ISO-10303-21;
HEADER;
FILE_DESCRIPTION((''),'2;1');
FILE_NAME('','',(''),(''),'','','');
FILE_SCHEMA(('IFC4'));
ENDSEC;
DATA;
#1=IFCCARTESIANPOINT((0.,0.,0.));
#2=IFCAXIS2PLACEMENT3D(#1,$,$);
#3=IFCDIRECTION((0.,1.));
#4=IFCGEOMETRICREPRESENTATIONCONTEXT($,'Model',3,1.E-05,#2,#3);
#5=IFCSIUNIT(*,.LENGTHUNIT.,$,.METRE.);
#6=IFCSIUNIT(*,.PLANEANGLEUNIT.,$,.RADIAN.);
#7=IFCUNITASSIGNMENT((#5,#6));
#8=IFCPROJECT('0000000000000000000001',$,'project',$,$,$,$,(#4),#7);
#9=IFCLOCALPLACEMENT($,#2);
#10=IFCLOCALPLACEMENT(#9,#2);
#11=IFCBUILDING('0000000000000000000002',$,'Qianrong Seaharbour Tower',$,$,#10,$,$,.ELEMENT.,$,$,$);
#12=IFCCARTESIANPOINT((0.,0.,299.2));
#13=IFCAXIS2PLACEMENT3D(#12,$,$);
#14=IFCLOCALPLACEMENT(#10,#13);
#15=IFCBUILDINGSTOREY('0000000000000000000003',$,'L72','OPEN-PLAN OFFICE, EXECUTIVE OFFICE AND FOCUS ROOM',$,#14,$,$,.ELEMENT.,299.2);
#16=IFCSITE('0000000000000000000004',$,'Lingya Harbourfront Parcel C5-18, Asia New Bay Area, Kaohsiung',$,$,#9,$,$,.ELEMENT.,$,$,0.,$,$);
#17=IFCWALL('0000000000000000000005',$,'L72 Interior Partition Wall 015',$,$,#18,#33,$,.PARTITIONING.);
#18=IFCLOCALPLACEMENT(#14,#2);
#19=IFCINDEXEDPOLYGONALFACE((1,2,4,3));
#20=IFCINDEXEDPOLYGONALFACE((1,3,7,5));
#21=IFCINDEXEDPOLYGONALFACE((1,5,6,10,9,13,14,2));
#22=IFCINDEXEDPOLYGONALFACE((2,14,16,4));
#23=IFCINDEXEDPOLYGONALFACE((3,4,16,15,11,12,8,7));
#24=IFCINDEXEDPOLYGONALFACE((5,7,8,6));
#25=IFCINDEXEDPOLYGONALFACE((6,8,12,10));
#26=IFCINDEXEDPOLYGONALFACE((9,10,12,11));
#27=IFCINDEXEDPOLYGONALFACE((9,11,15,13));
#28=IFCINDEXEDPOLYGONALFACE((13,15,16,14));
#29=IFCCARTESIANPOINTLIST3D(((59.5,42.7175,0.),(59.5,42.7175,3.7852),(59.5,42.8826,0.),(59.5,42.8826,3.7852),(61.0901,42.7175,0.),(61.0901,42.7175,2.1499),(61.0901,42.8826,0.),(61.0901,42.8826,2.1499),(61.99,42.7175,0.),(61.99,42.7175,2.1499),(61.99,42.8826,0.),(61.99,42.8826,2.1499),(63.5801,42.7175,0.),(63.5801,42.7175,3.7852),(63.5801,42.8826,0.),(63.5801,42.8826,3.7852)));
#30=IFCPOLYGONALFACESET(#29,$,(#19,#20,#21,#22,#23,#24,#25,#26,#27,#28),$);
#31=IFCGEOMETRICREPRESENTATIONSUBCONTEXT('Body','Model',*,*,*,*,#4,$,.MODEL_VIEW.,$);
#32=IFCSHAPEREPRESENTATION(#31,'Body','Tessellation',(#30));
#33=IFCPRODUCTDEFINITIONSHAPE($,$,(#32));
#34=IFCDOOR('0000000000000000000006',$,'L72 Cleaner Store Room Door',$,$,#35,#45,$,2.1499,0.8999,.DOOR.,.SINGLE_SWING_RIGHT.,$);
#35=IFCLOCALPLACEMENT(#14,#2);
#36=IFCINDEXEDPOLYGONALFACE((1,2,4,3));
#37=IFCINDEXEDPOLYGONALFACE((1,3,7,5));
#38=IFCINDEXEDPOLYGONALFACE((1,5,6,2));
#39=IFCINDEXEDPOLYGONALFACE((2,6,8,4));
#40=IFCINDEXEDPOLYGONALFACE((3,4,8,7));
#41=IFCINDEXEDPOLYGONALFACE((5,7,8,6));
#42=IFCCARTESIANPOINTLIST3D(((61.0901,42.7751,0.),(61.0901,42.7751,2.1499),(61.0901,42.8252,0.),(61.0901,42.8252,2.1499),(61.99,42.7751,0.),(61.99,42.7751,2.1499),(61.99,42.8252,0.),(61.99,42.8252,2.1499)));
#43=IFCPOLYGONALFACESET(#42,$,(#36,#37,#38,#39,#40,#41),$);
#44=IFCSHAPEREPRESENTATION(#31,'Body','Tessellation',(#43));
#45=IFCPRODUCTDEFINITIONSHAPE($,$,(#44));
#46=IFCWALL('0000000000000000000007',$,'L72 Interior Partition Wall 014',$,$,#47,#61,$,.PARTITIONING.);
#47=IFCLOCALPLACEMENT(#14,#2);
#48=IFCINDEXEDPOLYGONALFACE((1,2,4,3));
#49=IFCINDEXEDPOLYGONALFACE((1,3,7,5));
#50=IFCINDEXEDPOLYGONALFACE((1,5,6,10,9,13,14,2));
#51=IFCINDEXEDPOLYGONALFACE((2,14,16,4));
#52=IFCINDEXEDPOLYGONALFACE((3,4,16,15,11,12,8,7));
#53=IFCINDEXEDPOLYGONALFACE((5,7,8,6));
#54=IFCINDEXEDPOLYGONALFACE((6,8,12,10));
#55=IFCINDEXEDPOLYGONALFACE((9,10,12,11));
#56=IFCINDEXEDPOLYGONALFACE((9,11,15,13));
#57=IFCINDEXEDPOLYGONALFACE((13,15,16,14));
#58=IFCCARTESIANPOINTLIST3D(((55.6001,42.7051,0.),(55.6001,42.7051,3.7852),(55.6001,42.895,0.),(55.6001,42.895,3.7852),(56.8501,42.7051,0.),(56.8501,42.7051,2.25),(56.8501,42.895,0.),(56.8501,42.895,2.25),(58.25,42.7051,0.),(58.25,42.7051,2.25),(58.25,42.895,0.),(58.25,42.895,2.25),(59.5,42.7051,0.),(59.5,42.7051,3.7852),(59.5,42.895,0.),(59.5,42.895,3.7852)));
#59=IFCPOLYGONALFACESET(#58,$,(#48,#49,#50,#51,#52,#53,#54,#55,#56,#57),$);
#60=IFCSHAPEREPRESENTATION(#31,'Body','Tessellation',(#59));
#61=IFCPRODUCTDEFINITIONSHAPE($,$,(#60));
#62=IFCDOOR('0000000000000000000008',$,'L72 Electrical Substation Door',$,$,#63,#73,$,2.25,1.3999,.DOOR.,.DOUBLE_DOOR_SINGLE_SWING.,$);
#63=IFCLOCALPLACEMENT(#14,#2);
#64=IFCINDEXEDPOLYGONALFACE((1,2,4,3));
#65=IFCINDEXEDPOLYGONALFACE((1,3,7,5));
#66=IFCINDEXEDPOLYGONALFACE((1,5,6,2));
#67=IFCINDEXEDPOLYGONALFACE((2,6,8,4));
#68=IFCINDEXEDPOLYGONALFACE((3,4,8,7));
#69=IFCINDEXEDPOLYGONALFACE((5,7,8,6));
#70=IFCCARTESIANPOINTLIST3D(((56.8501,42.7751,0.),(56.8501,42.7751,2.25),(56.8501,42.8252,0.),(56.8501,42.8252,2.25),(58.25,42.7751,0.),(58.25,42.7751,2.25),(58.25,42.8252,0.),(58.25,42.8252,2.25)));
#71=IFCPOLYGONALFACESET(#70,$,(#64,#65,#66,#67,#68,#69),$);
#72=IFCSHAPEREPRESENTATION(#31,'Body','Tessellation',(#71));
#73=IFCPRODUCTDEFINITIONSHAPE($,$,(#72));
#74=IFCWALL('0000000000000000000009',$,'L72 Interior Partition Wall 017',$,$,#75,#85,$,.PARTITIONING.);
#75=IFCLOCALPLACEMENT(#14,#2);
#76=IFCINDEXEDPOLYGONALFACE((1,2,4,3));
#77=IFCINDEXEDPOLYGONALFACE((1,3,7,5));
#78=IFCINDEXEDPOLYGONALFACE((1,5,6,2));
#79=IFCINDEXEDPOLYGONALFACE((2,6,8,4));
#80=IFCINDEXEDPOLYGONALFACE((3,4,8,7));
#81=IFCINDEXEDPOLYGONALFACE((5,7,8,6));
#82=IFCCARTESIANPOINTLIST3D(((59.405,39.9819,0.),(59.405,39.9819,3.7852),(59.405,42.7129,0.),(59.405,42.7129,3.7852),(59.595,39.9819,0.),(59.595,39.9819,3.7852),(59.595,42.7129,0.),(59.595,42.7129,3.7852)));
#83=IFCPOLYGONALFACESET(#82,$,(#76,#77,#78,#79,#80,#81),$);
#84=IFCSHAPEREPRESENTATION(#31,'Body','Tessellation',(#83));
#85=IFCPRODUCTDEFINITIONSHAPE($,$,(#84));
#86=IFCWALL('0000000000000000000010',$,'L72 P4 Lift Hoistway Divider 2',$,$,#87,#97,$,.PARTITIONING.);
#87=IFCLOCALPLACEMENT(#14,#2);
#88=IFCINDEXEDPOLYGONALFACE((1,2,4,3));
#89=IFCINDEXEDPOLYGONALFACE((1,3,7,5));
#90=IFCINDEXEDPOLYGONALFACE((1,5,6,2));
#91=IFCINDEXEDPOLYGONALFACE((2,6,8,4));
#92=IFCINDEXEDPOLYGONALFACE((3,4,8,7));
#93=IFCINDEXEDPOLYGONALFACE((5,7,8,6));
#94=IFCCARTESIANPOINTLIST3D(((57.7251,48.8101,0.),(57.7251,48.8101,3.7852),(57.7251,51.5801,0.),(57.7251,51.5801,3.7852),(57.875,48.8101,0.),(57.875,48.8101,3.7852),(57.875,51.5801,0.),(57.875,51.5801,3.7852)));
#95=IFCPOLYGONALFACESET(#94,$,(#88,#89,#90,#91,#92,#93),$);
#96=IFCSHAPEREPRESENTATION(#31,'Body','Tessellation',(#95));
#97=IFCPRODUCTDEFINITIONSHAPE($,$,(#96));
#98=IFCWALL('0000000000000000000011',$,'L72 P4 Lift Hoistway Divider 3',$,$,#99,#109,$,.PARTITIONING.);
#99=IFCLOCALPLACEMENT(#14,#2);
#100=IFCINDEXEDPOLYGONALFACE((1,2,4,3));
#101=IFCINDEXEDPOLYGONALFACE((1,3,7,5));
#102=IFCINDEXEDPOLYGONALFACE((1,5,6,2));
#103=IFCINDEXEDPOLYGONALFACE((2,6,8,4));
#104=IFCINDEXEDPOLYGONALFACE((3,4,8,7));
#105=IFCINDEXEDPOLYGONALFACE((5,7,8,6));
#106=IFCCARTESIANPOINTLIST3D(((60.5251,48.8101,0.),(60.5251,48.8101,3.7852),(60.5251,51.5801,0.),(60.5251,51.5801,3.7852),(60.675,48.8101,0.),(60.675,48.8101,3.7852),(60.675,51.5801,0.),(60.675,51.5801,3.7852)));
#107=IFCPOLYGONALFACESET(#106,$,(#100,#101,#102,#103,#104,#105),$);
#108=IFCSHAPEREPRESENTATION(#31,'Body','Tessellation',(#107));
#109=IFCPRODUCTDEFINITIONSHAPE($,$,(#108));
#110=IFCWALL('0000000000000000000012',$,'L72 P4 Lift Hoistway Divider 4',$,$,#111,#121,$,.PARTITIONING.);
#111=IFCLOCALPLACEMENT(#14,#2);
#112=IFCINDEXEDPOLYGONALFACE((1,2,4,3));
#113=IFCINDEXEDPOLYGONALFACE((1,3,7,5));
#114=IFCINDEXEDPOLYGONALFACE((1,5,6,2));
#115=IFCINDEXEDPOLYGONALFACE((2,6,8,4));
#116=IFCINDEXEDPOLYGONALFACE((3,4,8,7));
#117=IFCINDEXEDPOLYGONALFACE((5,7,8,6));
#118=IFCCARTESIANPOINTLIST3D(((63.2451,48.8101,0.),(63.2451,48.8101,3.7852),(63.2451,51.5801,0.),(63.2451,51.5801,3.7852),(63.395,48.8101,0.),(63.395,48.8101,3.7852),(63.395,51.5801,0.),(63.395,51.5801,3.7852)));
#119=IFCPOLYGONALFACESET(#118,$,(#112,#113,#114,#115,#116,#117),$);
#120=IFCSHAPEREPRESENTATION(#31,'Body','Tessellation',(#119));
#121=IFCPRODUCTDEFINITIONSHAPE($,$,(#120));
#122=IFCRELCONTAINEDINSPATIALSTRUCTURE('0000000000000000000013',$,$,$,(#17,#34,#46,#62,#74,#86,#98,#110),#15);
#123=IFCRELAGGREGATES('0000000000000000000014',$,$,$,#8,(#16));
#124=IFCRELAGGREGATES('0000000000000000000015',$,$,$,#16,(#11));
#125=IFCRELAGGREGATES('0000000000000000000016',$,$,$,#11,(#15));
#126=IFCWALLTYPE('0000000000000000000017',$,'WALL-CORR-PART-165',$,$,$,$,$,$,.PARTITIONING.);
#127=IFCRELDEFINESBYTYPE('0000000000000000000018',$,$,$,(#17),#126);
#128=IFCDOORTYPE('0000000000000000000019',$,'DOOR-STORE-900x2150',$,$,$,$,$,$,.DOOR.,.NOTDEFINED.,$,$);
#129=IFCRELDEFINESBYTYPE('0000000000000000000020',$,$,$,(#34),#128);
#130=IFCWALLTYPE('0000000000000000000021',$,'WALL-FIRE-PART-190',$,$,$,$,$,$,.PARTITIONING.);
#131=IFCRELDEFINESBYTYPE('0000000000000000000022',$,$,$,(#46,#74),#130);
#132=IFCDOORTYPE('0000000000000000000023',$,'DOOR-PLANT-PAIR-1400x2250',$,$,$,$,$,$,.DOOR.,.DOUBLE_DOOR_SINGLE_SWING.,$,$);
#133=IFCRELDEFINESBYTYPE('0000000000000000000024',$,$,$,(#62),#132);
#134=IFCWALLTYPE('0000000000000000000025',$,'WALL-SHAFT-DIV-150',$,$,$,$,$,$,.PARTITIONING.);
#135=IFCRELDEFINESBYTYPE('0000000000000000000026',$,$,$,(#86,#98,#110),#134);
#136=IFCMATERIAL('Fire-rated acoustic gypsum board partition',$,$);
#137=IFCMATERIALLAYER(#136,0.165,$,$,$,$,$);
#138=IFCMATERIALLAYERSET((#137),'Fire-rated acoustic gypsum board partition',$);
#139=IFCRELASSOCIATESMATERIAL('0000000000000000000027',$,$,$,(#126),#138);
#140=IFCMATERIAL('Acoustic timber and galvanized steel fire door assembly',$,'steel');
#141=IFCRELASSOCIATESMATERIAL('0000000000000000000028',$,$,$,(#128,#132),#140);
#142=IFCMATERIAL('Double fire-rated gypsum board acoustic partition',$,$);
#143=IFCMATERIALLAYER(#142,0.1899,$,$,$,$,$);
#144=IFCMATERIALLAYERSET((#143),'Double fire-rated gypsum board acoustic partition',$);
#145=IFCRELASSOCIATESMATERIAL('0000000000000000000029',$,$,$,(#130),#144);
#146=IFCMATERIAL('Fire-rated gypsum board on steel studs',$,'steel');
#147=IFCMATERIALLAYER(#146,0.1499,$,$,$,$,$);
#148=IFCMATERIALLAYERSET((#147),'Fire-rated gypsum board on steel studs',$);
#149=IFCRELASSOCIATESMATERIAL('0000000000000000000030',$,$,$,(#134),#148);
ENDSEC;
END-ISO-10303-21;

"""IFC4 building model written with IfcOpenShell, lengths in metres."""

from ifc_helpers import new_model, si_unit, direction, frame, frame_2d, origin, place, context, subcontext, project, spatial, rectangle, extrude, material, layer, layer_set, type_object, element, fill, save


model = new_model("IFC4")

# Units and contexts
model_context = context("Model", 3, precision=1e-05, world=origin(), true_north=direction((0.0, 1.0)))
body_context = subcontext(model_context, "Body", "Model", "MODEL_VIEW")
ifc_project = project(units=[si_unit("LENGTHUNIT", "METRE"), si_unit("PLANEANGLEUNIT", "RADIAN")], contexts=[model_context])

# Site, building, storey
site_placement = place(None, origin())
site = spatial("IfcSite", under=ifc_project, at=site_placement, Name="Lingya Harbourfront Parcel C5-18, Asia New Bay Area, Kaohsiung", CompositionType="ELEMENT", RefElevation=0.0)
building_placement = place(site_placement, origin())
building = spatial("IfcBuilding", under=site, at=building_placement, Name="Qianrong Seaharbour Tower", CompositionType="ELEMENT")
storey_placement = place(building_placement, frame((0.0, 0.0, 299.2)))
storey = spatial("IfcBuildingStorey", under=building, at=storey_placement, Name="L72", Description="OPEN-PLAN OFFICE, EXECUTIVE OFFICE AND FOCUS ROOM", CompositionType="ELEMENT", Elevation=299.2)

# Walls, openings, doors
ifc_material_1 = material(Name="Fire-rated acoustic gypsum board partition")
ifc_layer_1 = layer(ifc_material_1, 0.165)
ifc_layer_set_1 = layer_set([ifc_layer_1], Name="Fire-rated acoustic gypsum board partition")
wall_type_1 = type_object("IfcWallType", Name="WALL-CORR-PART-165", PredefinedType="PARTITIONING", material=ifc_layer_set_1)
wall_1_placement = place(storey_placement, frame((63.5801, 42.8, 0.0), z_axis=(0.0, 0.0, 1.0), x_axis=(-1.0, 0.0, 0.0)))
wall_1 = element("IfcWall", 1, at=wall_1_placement, inside=storey, type_object=wall_type_1, Name="L72 Interior Partition Wall 015", PredefinedType="PARTITIONING", context=body_context, shape_type="SweptSolid", body=[
    extrude(rectangle(XDim=4.0801, YDim=0.165, at=frame_2d((2.04, 0.0))), origin(), (0.0, 0.0, 1.0), 3.7852),
])
opening_1_placement = place(wall_1_placement, frame((1.5901, 0.0, 0.0)))
opening_1 = element("IfcOpeningElement", 2, at=opening_1_placement, cuts=wall_1, PredefinedType="OPENING", context=body_context, shape_type="SweptSolid", body=[
    extrude(rectangle(XDim=0.8999, YDim=2.1499, at=frame_2d((0.45, 1.075))), frame((0.0, 0.0925, 0.0), z_axis=(0.0, -1.0, 0.0), x_axis=(1.0, 0.0, 0.0)), (0.0, 0.0, 1.0), 0.1851),
])
ifc_material_2 = material(Name="Acoustic timber and galvanized steel fire door assembly", Category="steel")
door_type_1 = type_object("IfcDoorType", Name="DOOR-STORE-900x2150", OperationType="NOTDEFINED", PredefinedType="DOOR", material=ifc_material_2)
door_1_placement = place(opening_1_placement, origin())
door_1 = element("IfcDoor", 3, at=door_1_placement, inside=storey, type_object=door_type_1, Name="L72 Cleaner Store Room Door", OperationType="SINGLE_SWING_RIGHT", OverallHeight=2.1499, OverallWidth=0.8999, PredefinedType="DOOR", context=body_context, shape_type="SweptSolid", body=[
    extrude(rectangle(XDim=0.8999, YDim=2.1499, at=frame_2d((0.45, 1.075))), frame((0.0, 0.0249, 0.0), z_axis=(0.0, -1.0, 0.0), x_axis=(1.0, 0.0, 0.0)), (0.0, 0.0, 1.0), 0.05),
])
fill(opening_1, door_1)
ifc_material_3 = material(Name="Double fire-rated gypsum board acoustic partition")
ifc_layer_2 = layer(ifc_material_3, 0.1899)
ifc_layer_set_2 = layer_set([ifc_layer_2], Name="Double fire-rated gypsum board acoustic partition")
wall_type_2 = type_object("IfcWallType", Name="WALL-FIRE-PART-190", PredefinedType="PARTITIONING", material=ifc_layer_set_2)
wall_2_placement = place(storey_placement, frame((59.5, 42.8, 0.0), z_axis=(0.0, 0.0, 1.0), x_axis=(-1.0, 0.0, 0.0)))
wall_2 = element("IfcWall", 4, at=wall_2_placement, inside=storey, type_object=wall_type_2, Name="L72 Interior Partition Wall 014", PredefinedType="PARTITIONING", context=body_context, shape_type="SweptSolid", body=[
    extrude(rectangle(XDim=3.8999, YDim=0.1899, at=frame_2d((1.95, 0.0))), origin(), (0.0, 0.0, 1.0), 3.7852),
])
opening_2_placement = place(wall_2_placement, frame((1.25, 0.0, 0.0)))
opening_2 = element("IfcOpeningElement", 5, at=opening_2_placement, cuts=wall_2, PredefinedType="OPENING", context=body_context, shape_type="SweptSolid", body=[
    extrude(rectangle(XDim=1.3999, YDim=2.25, at=frame_2d((0.7, 1.125))), frame((0.0, 0.105, 0.0), z_axis=(0.0, -1.0, 0.0), x_axis=(1.0, 0.0, 0.0)), (0.0, 0.0, 1.0), 0.21),
])
door_type_2 = type_object("IfcDoorType", Name="DOOR-PLANT-PAIR-1400x2250", OperationType="DOUBLE_DOOR_SINGLE_SWING", PredefinedType="DOOR", material=ifc_material_2)
door_2_placement = place(opening_2_placement, origin())
door_2 = element("IfcDoor", 6, at=door_2_placement, inside=storey, type_object=door_type_2, Name="L72 Electrical Substation Door", OperationType="DOUBLE_DOOR_SINGLE_SWING", OverallHeight=2.25, OverallWidth=1.3999, PredefinedType="DOOR", context=body_context, shape_type="SweptSolid", body=[
    extrude(rectangle(XDim=1.3999, YDim=2.25, at=frame_2d((0.7, 1.125))), frame((0.0, 0.0249, 0.0), z_axis=(0.0, -1.0, 0.0), x_axis=(1.0, 0.0, 0.0)), (0.0, 0.0, 1.0), 0.05),
])
fill(opening_2, door_2)

# Walls
wall_3_placement = place(storey_placement, frame((59.5, 42.7129, 0.0), z_axis=(0.0, 0.0, 1.0), x_axis=(0.0, -1.0, 0.0)))
element("IfcWall", 7, at=wall_3_placement, inside=storey, type_object=wall_type_2, Name="L72 Interior Partition Wall 017", PredefinedType="PARTITIONING", context=body_context, shape_type="SweptSolid", body=[
    extrude(rectangle(XDim=2.731, YDim=0.1899, at=frame_2d((1.3655, 0.0))), origin(), (0.0, 0.0, 1.0), 3.7852),
])
ifc_material_4 = material(Name="Fire-rated gypsum board on steel studs", Category="steel")
ifc_layer_3 = layer(ifc_material_4, 0.1499)
ifc_layer_set_3 = layer_set([ifc_layer_3], Name="Fire-rated gypsum board on steel studs")
wall_type_3 = type_object("IfcWallType", Name="WALL-SHAFT-DIV-150", PredefinedType="PARTITIONING", material=ifc_layer_set_3)
for number, where, z_axis, x_axis, name in (
    (8, (57.8, 48.8101, 0.0), (0.0, 0.0, 1.0), (0.0, 1.0, 0.0), "L72 P4 Lift Hoistway Divider 2"),
    (9, (60.6001, 48.8101, 0.0), (0.0, 0.0, 1.0), (0.0, 1.0, 0.0), "L72 P4 Lift Hoistway Divider 3"),
    (10, (63.3201, 48.8101, 0.0), (0.0, 0.0, 1.0), (0.0, 1.0, 0.0), "L72 P4 Lift Hoistway Divider 4"),
):
    element("IfcWall", number, at=place(storey_placement, frame(where, z_axis=z_axis, x_axis=x_axis)), inside=storey, type_object=wall_type_3, Name=name, PredefinedType="PARTITIONING", context=body_context, shape_type="SweptSolid", body=[
        extrude(rectangle(XDim=2.77, YDim=0.1499, at=frame_2d((1.385, 0.0))), origin(), (0.0, 0.0, 1.0), 3.7852),
    ])

save(model, "model.ifc")
